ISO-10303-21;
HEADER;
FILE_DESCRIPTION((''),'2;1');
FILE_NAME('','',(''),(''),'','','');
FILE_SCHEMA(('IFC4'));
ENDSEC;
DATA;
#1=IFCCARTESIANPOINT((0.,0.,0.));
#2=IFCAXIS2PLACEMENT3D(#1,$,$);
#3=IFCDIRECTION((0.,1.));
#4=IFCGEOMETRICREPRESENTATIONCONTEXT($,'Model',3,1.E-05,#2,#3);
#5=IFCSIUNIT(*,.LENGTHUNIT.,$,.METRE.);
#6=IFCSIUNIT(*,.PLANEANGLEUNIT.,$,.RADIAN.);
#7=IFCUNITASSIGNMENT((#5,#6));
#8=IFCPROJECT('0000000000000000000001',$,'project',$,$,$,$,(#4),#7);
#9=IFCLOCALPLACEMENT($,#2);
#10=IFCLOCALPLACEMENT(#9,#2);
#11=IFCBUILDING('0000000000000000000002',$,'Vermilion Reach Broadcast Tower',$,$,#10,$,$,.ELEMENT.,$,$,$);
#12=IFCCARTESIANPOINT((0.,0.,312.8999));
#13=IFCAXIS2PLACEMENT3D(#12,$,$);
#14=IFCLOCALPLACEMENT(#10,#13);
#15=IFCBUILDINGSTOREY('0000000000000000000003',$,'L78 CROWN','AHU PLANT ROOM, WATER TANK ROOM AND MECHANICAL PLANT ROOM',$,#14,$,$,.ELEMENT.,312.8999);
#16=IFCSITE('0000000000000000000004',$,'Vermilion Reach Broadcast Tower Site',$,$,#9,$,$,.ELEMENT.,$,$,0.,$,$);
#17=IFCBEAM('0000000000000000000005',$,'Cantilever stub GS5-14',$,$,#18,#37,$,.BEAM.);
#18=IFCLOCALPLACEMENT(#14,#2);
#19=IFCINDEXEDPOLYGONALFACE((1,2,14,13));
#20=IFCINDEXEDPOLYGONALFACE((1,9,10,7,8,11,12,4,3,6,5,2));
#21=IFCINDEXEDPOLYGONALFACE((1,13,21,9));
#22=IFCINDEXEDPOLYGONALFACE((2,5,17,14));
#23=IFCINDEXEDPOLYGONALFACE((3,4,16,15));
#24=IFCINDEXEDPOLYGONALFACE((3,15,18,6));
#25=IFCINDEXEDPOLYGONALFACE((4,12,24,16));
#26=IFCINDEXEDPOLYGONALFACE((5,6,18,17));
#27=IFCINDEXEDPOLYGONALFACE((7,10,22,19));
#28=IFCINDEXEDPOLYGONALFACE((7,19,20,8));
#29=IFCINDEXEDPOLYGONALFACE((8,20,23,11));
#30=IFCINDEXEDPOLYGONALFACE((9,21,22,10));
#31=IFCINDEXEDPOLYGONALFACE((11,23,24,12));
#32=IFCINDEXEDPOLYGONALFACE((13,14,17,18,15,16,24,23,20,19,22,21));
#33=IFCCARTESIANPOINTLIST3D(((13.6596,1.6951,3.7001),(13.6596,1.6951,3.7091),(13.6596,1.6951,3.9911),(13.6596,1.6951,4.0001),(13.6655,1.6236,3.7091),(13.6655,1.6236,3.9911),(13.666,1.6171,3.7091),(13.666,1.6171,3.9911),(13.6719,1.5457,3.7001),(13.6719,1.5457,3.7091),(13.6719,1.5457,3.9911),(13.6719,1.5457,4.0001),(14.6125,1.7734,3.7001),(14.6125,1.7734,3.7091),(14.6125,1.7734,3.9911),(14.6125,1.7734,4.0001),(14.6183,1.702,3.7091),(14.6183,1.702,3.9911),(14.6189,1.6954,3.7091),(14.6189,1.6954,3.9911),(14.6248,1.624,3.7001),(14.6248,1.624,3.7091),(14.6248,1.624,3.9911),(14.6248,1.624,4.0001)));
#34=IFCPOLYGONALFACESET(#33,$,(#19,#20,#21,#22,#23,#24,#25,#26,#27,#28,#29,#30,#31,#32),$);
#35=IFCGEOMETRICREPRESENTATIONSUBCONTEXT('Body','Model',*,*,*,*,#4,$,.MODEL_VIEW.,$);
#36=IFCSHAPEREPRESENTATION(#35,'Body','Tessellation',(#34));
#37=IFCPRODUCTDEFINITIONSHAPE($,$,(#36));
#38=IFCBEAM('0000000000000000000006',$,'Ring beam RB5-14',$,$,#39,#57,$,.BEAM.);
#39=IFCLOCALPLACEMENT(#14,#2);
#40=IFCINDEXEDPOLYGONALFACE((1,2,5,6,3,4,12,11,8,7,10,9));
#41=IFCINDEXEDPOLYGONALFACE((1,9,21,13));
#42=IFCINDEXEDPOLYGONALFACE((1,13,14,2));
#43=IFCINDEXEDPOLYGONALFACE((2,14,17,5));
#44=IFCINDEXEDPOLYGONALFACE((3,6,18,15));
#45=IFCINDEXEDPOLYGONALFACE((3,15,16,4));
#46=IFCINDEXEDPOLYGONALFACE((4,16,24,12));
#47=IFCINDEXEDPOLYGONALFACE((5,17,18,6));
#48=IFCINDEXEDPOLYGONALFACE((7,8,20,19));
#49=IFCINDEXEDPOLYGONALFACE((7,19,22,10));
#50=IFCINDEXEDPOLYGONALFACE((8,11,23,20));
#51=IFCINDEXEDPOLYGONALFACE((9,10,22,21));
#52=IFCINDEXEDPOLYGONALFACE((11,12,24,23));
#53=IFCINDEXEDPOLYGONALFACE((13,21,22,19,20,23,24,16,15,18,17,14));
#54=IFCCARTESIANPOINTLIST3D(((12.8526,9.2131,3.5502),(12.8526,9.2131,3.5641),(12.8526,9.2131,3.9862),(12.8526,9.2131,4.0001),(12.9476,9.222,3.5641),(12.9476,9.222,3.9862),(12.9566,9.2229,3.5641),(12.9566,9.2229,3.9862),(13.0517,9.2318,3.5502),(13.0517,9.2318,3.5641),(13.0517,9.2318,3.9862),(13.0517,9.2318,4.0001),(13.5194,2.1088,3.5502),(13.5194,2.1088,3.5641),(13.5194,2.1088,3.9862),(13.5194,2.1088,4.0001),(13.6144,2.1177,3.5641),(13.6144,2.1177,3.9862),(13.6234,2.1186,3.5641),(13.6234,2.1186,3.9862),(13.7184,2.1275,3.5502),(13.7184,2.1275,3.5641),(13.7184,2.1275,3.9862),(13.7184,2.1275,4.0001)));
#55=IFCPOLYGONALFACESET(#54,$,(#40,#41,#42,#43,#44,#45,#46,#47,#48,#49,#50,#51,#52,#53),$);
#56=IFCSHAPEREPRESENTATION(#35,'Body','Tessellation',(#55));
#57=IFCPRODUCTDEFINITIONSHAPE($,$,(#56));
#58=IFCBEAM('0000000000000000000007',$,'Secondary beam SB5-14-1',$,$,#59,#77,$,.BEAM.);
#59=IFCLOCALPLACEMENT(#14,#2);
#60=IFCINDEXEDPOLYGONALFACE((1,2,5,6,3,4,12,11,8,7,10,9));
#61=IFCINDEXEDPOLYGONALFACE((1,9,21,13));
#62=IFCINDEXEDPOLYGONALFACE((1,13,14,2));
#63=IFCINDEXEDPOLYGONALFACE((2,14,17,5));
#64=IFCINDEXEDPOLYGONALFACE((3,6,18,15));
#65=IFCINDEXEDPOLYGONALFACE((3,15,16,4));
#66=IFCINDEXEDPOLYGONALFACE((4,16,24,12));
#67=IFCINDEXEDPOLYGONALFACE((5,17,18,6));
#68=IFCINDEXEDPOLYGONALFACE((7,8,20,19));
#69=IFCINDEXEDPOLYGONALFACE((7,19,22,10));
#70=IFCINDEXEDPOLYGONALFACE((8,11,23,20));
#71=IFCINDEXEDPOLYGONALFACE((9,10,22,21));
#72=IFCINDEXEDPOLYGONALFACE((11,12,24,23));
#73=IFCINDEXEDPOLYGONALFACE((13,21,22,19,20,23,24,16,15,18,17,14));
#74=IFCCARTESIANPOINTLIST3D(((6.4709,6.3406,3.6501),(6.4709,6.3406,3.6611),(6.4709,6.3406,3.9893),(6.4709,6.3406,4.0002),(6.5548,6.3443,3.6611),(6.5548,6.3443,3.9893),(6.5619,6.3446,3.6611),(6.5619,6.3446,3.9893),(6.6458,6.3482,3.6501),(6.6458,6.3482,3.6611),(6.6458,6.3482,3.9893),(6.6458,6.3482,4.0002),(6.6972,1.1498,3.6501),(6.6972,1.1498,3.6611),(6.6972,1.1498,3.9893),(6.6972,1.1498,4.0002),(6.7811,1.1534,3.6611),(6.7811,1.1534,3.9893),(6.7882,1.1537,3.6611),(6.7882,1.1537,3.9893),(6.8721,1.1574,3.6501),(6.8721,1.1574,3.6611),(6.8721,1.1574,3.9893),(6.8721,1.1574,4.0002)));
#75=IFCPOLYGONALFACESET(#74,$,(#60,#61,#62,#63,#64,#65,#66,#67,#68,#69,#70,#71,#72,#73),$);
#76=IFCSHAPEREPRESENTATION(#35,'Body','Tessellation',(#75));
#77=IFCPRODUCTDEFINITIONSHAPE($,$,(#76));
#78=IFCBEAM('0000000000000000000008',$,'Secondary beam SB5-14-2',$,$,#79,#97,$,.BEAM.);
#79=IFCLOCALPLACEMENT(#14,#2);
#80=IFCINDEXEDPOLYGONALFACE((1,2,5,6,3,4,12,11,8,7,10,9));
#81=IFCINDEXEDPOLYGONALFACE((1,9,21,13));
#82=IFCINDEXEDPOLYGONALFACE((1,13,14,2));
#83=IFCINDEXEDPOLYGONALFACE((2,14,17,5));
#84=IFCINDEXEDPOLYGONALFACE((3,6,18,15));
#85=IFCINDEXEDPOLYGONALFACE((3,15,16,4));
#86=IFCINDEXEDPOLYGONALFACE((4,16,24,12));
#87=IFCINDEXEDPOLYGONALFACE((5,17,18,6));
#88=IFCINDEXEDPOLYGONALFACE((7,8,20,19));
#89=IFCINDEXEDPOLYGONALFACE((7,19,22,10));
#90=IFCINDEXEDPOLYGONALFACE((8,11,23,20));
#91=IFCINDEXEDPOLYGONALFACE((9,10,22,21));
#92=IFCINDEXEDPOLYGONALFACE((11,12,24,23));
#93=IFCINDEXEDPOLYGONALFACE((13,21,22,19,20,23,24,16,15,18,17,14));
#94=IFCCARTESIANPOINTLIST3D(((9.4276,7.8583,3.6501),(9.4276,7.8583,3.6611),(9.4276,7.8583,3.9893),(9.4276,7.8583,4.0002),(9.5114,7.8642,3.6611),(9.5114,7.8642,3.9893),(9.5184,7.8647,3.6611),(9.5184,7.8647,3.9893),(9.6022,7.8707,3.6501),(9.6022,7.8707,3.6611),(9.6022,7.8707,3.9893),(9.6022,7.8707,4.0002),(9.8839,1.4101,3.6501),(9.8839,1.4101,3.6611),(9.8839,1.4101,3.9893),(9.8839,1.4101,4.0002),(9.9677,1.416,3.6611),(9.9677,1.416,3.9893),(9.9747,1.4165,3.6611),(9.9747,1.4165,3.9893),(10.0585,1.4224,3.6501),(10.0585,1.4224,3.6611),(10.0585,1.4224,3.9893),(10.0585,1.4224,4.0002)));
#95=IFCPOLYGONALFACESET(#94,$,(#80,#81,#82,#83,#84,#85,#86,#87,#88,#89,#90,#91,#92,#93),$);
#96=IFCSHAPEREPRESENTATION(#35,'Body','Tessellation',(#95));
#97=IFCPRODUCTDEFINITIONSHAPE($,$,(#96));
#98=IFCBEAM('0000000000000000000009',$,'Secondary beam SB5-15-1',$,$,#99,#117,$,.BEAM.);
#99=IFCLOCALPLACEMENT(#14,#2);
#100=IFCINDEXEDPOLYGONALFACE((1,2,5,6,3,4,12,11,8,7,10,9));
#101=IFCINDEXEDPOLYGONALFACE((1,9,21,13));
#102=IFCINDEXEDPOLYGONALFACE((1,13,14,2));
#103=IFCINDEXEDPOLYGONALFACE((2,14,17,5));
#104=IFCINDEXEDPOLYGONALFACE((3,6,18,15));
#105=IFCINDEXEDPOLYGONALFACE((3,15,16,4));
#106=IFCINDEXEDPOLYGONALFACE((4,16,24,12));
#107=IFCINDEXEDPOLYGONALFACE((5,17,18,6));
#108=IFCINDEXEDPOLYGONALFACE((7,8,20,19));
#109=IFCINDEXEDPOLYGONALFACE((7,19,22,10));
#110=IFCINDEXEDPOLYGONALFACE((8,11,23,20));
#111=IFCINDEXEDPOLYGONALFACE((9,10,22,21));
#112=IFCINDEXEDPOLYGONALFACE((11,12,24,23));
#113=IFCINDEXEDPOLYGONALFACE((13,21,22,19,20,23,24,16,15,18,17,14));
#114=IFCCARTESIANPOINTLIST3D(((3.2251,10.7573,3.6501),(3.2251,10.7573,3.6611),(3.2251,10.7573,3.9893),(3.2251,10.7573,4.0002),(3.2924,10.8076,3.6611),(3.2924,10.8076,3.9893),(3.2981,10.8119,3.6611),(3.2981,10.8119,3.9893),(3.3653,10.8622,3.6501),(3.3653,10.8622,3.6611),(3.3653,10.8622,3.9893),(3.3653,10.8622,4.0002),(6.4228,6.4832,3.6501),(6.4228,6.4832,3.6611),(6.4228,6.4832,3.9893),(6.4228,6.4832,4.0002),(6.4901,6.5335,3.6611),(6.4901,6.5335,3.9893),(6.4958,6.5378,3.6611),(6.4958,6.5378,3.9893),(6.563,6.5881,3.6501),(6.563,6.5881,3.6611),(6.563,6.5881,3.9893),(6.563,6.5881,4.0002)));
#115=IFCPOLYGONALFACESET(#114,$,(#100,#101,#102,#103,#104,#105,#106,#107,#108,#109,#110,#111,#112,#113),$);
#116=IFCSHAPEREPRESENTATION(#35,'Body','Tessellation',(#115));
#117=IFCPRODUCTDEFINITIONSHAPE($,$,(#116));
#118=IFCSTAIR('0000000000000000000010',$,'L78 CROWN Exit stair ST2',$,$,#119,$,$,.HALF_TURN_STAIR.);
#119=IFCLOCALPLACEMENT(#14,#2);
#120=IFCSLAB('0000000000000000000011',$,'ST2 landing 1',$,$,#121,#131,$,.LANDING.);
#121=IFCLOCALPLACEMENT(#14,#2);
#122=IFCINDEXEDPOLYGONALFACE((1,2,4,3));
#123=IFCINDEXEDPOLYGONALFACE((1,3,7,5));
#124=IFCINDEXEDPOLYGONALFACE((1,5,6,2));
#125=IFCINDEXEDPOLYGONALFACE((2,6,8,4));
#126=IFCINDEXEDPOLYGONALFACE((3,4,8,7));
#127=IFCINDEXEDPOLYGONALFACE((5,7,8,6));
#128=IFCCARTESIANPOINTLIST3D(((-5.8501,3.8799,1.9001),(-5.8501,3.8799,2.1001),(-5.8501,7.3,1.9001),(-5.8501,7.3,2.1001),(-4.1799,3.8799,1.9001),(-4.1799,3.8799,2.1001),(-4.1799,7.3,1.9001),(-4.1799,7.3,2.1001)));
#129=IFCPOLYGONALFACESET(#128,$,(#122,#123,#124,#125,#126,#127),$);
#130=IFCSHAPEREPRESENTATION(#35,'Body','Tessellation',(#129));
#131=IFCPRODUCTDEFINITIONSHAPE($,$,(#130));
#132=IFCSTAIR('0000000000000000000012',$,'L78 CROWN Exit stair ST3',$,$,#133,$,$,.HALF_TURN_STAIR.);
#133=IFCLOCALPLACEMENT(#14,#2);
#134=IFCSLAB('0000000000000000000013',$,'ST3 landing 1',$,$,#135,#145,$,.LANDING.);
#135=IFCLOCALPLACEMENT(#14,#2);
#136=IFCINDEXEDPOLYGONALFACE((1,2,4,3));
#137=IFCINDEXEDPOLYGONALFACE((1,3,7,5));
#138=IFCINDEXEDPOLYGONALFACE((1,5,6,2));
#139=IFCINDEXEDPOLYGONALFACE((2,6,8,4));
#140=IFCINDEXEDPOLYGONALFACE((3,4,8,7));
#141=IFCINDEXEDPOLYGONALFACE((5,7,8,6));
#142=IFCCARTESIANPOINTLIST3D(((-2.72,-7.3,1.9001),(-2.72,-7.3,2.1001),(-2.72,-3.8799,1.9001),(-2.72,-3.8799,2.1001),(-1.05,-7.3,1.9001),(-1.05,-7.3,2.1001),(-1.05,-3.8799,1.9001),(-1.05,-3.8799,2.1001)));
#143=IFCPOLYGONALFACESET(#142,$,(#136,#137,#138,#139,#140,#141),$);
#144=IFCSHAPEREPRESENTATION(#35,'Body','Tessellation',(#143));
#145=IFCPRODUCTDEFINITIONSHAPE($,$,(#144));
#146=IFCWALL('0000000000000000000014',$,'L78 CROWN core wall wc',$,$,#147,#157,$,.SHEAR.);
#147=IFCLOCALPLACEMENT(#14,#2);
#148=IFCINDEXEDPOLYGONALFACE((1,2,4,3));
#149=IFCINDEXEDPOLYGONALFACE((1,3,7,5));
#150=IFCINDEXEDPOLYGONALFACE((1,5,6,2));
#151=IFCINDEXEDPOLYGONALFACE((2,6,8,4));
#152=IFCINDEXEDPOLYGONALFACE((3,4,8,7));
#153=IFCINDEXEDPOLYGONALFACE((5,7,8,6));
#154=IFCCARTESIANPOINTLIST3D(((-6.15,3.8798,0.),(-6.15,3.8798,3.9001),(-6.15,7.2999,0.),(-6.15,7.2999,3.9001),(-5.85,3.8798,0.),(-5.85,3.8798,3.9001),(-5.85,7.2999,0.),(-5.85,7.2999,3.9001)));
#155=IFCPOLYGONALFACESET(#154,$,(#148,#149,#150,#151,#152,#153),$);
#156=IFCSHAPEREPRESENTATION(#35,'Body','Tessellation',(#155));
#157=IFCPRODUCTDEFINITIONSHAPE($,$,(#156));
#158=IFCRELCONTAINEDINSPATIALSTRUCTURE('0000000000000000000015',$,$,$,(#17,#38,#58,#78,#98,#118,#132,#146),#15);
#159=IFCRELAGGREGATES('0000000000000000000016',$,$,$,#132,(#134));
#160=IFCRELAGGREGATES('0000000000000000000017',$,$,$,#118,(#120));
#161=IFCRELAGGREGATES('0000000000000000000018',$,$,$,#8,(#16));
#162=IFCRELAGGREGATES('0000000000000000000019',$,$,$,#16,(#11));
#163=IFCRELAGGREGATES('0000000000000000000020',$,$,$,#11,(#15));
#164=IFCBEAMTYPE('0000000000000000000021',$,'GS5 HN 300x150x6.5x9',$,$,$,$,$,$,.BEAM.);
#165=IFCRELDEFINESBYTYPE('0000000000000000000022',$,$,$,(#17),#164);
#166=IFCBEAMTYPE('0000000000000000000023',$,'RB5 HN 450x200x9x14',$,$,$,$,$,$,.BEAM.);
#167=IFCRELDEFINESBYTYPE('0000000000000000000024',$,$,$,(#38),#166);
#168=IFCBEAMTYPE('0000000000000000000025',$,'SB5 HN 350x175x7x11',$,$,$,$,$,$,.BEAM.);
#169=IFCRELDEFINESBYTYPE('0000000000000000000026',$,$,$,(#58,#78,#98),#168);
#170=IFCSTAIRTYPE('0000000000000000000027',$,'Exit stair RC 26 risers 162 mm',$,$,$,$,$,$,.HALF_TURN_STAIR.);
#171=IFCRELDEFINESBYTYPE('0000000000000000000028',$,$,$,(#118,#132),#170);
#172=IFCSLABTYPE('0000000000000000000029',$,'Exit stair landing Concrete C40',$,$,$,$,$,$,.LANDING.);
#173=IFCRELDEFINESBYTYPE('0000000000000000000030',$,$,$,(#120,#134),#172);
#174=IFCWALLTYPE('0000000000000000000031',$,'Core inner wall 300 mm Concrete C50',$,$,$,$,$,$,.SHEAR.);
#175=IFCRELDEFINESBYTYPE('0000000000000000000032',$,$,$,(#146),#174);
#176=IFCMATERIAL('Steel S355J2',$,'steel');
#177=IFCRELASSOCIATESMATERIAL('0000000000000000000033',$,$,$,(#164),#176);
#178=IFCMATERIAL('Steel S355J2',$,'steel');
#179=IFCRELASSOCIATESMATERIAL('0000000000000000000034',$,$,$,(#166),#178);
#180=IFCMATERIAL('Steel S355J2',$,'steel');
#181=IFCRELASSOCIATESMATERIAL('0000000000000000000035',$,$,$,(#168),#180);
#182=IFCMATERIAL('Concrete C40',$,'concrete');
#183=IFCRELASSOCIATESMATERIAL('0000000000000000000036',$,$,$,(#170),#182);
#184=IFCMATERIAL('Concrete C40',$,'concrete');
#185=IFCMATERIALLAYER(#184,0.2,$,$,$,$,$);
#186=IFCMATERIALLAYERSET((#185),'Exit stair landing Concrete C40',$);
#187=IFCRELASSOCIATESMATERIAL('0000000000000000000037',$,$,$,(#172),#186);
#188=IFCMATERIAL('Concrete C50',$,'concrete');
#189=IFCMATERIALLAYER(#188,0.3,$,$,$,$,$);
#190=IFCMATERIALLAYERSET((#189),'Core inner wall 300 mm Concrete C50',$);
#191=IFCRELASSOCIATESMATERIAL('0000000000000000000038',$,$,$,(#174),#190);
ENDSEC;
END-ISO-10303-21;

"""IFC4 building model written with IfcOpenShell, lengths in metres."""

from ifc_helpers import new_model, si_unit, direction, frame, frame_2d, origin, origin_2d, place, context, subcontext, project, spatial, polyline, rectangle, i_section, outline, extrude, material, layer, layer_set, material_profile, profile_set, type_object, element, aggregate, save


model = new_model("IFC4")

# Units and contexts
model_context = context("Model", 3, precision=1e-05, world=origin(), true_north=direction((0.0, 1.0)))
body_context = subcontext(model_context, "Body", "Model", "MODEL_VIEW")
ifc_project = project(units=[si_unit("LENGTHUNIT", "METRE"), si_unit("PLANEANGLEUNIT", "RADIAN")], contexts=[model_context])

# Site, building, storey
site_placement = place(None, origin())
site = spatial("IfcSite", under=ifc_project, at=site_placement, Name="Vermilion Reach Broadcast Tower Site", CompositionType="ELEMENT", RefElevation=0.0)
building_placement = place(site_placement, origin())
building = spatial("IfcBuilding", under=site, at=building_placement, Name="Vermilion Reach Broadcast Tower", CompositionType="ELEMENT")
storey_placement = place(building_placement, frame((0.0, 0.0, 312.8999)))
storey = spatial("IfcBuildingStorey", under=building, at=storey_placement, Name="L78 CROWN", Description="AHU PLANT ROOM, WATER TANK ROOM AND MECHANICAL PLANT ROOM", CompositionType="ELEMENT", Elevation=312.8999)

# Beams
ifc_material_1 = material(Name="Steel S355J2", Category="steel")
ifc_material_profile_1 = material_profile(ifc_material_1, i_section(OverallWidth=0.1499, OverallDepth=0.3, WebThickness=0.0066, FlangeThickness=0.009, at=origin_2d()), Name="S355J2 HN 300x150x6.5x9")
ifc_profile_set_1 = profile_set([ifc_material_profile_1], Name="Steel S355J2")
beam_type_1 = type_object("IfcBeamType", Name="GS5 HN 300x150x6.5x9", PredefinedType="BEAM", material=ifc_profile_set_1)
beam_1_placement = place(storey_placement, frame((13.6658, 1.6204, 3.8501), z_axis=(0.996635, 0.081968, 0.0), x_axis=(-0.081968, 0.996635, 0.0)))
element("IfcBeam", 1, at=beam_1_placement, inside=storey, type_object=beam_type_1, Name="Cantilever stub GS5-14", PredefinedType="BEAM", context=body_context, shape_type="SweptSolid", body=[
    extrude(i_section(OverallWidth=0.1499, OverallDepth=0.3, WebThickness=0.0066, FlangeThickness=0.009, at=origin_2d()), origin(), (0.0, 0.0, 1.0), 0.9561),
])
ifc_material_2 = material(Name="Steel S355J2", Category="steel")
ifc_material_profile_2 = material_profile(ifc_material_2, i_section(OverallWidth=0.2, OverallDepth=0.45, WebThickness=0.009, FlangeThickness=0.0139, at=origin_2d()), Name="S355J2 HN 450x200x9x14")
ifc_profile_set_2 = profile_set([ifc_material_profile_2], Name="Steel S355J2")
beam_type_2 = type_object("IfcBeamType", Name="RB5 HN 450x200x9x14", PredefinedType="BEAM", material=ifc_profile_set_2)
beam_2_placement = place(storey_placement, frame((13.6189, 2.1182, 3.7751), z_axis=(-0.093441, 0.995625, 0.0), x_axis=(-0.995625, -0.093441, 0.0)))
element("IfcBeam", 2, at=beam_2_placement, inside=storey, type_object=beam_type_2, Name="Ring beam RB5-14", PredefinedType="BEAM", context=body_context, shape_type="SweptSolid", body=[
    extrude(i_section(OverallWidth=0.2, OverallDepth=0.45, WebThickness=0.009, FlangeThickness=0.0139, at=origin_2d()), origin(), (0.0, 0.0, 1.0), 7.1355),
])
ifc_material_3 = material(Name="Steel S355J2", Category="steel")
ifc_material_profile_3 = material_profile(ifc_material_3, i_section(OverallWidth=0.175, OverallDepth=0.3501, WebThickness=0.0071, FlangeThickness=0.011, at=origin_2d()), Name="S355J2 HN 350x175x7x11")
ifc_profile_set_3 = profile_set([ifc_material_profile_3], Name="Steel S355J2")
beam_type_3 = type_object("IfcBeamType", Name="SB5 HN 350x175x7x11", PredefinedType="BEAM", material=ifc_profile_set_3)
beam_3_placement = place(storey_placement, frame((6.7847, 1.1536, 3.8252), z_axis=(-0.043558, 0.999051, 0.0), x_axis=(-0.999051, -0.043558, 0.0)))
element("IfcBeam", 3, at=beam_3_placement, inside=storey, type_object=beam_type_3, Name="Secondary beam SB5-14-1", PredefinedType="BEAM", context=body_context, shape_type="SweptSolid", body=[
    extrude(i_section(OverallWidth=0.175, OverallDepth=0.3501, WebThickness=0.0071, FlangeThickness=0.011, at=origin_2d()), origin(), (0.0, 0.0, 1.0), 5.1958),
])
beam_4_placement = place(storey_placement, frame((9.9712, 1.4163, 3.8252), z_axis=(-0.070587, 0.997506, 0.0), x_axis=(-0.997506, -0.070587, 0.0)))
element("IfcBeam", 4, at=beam_4_placement, inside=storey, type_object=beam_type_3, Name="Secondary beam SB5-14-2", PredefinedType="BEAM", context=body_context, shape_type="SweptSolid", body=[
    extrude(i_section(OverallWidth=0.175, OverallDepth=0.3501, WebThickness=0.0071, FlangeThickness=0.011, at=origin_2d()), origin(), (0.0, 0.0, 1.0), 6.4644),
])
beam_5_placement = place(storey_placement, frame((6.4929, 6.5356, 3.8252), z_axis=(-0.599056, 0.800707, 0.0), x_axis=(-0.800707, -0.599056, 0.0)))
element("IfcBeam", 5, at=beam_5_placement, inside=storey, type_object=beam_type_3, Name="Secondary beam SB5-15-1", PredefinedType="BEAM", context=body_context, shape_type="SweptSolid", body=[
    extrude(i_section(OverallWidth=0.175, OverallDepth=0.3501, WebThickness=0.0071, FlangeThickness=0.011, at=origin_2d()), origin(), (0.0, 0.0, 1.0), 5.3379),
])

# Stairs, slabs
ifc_material_4 = material(Name="Concrete C40", Category="concrete")
stair_type = type_object("IfcStairType", Name="Exit stair RC 26 risers 162 mm", PredefinedType="HALF_TURN_STAIR", material=ifc_material_4)
placement_1 = place(storey_placement, origin())
stair_1 = element("IfcStair", 6, at=placement_1, inside=storey, type_object=stair_type, Name="L78 CROWN Exit stair ST2", PredefinedType="HALF_TURN_STAIR")
ifc_material_5 = material(Name="Concrete C40", Category="concrete")
ifc_layer_1 = layer(ifc_material_5, 0.2)
ifc_layer_set_1 = layer_set([ifc_layer_1], Name="Exit stair landing Concrete C40")
slab_type = type_object("IfcSlabType", Name="Exit stair landing Concrete C40", PredefinedType="LANDING", material=ifc_layer_set_1)
placement_2 = place(storey_placement, frame((0.0, 0.0, 1.9001)))
slab_1 = element("IfcSlab", 7, at=placement_2, type_object=slab_type, Name="ST2 landing 1", PredefinedType="LANDING", context=body_context, shape_type="SweptSolid", body=[
    extrude(outline(polyline([(-4.1799, 7.3), (-5.8501, 7.3), (-5.8501, 3.8799), (-4.1799, 3.8799), (-4.1799, 7.3)])), origin(), (0.0, 0.0, 1.0), 0.2),
])
stair_2 = element("IfcStair", 8, at=placement_1, inside=storey, type_object=stair_type, Name="L78 CROWN Exit stair ST3", PredefinedType="HALF_TURN_STAIR")
slab_2 = element("IfcSlab", 9, at=placement_2, type_object=slab_type, Name="ST3 landing 1", PredefinedType="LANDING", context=body_context, shape_type="SweptSolid", body=[
    extrude(outline(polyline([(-2.72, -7.3), (-1.05, -7.3), (-1.05, -3.8799), (-2.72, -3.8799), (-2.72, -7.3)])), origin(), (0.0, 0.0, 1.0), 0.2),
])
aggregate(stair_2, [slab_2])

# Wall
ifc_material_6 = material(Name="Concrete C50", Category="concrete")
ifc_layer_2 = layer(ifc_material_6, 0.3)
ifc_layer_set_2 = layer_set([ifc_layer_2], Name="Core inner wall 300 mm Concrete C50")
wall_type_1 = type_object("IfcWallType", Name="Core inner wall 300 mm Concrete C50", PredefinedType="SHEAR", material=ifc_layer_set_2)
wall_1_placement = place(storey_placement, frame((-6.0, 3.8799, 0.0), z_axis=(0.0, 0.0, 1.0), x_axis=(0.0, 1.0, 0.0)))
element("IfcWall", 10, at=wall_1_placement, inside=storey, type_object=wall_type_1, Name="L78 CROWN core wall wc", PredefinedType="SHEAR", context=body_context, shape_type="SweptSolid", body=[
    extrude(rectangle(XDim=3.4202, YDim=0.3, at=frame_2d((1.71, 0.0))), origin(), (0.0, 0.0, 1.0), 3.9001),
])

aggregate(stair_1, [slab_1])

save(model, "model.ifc")
